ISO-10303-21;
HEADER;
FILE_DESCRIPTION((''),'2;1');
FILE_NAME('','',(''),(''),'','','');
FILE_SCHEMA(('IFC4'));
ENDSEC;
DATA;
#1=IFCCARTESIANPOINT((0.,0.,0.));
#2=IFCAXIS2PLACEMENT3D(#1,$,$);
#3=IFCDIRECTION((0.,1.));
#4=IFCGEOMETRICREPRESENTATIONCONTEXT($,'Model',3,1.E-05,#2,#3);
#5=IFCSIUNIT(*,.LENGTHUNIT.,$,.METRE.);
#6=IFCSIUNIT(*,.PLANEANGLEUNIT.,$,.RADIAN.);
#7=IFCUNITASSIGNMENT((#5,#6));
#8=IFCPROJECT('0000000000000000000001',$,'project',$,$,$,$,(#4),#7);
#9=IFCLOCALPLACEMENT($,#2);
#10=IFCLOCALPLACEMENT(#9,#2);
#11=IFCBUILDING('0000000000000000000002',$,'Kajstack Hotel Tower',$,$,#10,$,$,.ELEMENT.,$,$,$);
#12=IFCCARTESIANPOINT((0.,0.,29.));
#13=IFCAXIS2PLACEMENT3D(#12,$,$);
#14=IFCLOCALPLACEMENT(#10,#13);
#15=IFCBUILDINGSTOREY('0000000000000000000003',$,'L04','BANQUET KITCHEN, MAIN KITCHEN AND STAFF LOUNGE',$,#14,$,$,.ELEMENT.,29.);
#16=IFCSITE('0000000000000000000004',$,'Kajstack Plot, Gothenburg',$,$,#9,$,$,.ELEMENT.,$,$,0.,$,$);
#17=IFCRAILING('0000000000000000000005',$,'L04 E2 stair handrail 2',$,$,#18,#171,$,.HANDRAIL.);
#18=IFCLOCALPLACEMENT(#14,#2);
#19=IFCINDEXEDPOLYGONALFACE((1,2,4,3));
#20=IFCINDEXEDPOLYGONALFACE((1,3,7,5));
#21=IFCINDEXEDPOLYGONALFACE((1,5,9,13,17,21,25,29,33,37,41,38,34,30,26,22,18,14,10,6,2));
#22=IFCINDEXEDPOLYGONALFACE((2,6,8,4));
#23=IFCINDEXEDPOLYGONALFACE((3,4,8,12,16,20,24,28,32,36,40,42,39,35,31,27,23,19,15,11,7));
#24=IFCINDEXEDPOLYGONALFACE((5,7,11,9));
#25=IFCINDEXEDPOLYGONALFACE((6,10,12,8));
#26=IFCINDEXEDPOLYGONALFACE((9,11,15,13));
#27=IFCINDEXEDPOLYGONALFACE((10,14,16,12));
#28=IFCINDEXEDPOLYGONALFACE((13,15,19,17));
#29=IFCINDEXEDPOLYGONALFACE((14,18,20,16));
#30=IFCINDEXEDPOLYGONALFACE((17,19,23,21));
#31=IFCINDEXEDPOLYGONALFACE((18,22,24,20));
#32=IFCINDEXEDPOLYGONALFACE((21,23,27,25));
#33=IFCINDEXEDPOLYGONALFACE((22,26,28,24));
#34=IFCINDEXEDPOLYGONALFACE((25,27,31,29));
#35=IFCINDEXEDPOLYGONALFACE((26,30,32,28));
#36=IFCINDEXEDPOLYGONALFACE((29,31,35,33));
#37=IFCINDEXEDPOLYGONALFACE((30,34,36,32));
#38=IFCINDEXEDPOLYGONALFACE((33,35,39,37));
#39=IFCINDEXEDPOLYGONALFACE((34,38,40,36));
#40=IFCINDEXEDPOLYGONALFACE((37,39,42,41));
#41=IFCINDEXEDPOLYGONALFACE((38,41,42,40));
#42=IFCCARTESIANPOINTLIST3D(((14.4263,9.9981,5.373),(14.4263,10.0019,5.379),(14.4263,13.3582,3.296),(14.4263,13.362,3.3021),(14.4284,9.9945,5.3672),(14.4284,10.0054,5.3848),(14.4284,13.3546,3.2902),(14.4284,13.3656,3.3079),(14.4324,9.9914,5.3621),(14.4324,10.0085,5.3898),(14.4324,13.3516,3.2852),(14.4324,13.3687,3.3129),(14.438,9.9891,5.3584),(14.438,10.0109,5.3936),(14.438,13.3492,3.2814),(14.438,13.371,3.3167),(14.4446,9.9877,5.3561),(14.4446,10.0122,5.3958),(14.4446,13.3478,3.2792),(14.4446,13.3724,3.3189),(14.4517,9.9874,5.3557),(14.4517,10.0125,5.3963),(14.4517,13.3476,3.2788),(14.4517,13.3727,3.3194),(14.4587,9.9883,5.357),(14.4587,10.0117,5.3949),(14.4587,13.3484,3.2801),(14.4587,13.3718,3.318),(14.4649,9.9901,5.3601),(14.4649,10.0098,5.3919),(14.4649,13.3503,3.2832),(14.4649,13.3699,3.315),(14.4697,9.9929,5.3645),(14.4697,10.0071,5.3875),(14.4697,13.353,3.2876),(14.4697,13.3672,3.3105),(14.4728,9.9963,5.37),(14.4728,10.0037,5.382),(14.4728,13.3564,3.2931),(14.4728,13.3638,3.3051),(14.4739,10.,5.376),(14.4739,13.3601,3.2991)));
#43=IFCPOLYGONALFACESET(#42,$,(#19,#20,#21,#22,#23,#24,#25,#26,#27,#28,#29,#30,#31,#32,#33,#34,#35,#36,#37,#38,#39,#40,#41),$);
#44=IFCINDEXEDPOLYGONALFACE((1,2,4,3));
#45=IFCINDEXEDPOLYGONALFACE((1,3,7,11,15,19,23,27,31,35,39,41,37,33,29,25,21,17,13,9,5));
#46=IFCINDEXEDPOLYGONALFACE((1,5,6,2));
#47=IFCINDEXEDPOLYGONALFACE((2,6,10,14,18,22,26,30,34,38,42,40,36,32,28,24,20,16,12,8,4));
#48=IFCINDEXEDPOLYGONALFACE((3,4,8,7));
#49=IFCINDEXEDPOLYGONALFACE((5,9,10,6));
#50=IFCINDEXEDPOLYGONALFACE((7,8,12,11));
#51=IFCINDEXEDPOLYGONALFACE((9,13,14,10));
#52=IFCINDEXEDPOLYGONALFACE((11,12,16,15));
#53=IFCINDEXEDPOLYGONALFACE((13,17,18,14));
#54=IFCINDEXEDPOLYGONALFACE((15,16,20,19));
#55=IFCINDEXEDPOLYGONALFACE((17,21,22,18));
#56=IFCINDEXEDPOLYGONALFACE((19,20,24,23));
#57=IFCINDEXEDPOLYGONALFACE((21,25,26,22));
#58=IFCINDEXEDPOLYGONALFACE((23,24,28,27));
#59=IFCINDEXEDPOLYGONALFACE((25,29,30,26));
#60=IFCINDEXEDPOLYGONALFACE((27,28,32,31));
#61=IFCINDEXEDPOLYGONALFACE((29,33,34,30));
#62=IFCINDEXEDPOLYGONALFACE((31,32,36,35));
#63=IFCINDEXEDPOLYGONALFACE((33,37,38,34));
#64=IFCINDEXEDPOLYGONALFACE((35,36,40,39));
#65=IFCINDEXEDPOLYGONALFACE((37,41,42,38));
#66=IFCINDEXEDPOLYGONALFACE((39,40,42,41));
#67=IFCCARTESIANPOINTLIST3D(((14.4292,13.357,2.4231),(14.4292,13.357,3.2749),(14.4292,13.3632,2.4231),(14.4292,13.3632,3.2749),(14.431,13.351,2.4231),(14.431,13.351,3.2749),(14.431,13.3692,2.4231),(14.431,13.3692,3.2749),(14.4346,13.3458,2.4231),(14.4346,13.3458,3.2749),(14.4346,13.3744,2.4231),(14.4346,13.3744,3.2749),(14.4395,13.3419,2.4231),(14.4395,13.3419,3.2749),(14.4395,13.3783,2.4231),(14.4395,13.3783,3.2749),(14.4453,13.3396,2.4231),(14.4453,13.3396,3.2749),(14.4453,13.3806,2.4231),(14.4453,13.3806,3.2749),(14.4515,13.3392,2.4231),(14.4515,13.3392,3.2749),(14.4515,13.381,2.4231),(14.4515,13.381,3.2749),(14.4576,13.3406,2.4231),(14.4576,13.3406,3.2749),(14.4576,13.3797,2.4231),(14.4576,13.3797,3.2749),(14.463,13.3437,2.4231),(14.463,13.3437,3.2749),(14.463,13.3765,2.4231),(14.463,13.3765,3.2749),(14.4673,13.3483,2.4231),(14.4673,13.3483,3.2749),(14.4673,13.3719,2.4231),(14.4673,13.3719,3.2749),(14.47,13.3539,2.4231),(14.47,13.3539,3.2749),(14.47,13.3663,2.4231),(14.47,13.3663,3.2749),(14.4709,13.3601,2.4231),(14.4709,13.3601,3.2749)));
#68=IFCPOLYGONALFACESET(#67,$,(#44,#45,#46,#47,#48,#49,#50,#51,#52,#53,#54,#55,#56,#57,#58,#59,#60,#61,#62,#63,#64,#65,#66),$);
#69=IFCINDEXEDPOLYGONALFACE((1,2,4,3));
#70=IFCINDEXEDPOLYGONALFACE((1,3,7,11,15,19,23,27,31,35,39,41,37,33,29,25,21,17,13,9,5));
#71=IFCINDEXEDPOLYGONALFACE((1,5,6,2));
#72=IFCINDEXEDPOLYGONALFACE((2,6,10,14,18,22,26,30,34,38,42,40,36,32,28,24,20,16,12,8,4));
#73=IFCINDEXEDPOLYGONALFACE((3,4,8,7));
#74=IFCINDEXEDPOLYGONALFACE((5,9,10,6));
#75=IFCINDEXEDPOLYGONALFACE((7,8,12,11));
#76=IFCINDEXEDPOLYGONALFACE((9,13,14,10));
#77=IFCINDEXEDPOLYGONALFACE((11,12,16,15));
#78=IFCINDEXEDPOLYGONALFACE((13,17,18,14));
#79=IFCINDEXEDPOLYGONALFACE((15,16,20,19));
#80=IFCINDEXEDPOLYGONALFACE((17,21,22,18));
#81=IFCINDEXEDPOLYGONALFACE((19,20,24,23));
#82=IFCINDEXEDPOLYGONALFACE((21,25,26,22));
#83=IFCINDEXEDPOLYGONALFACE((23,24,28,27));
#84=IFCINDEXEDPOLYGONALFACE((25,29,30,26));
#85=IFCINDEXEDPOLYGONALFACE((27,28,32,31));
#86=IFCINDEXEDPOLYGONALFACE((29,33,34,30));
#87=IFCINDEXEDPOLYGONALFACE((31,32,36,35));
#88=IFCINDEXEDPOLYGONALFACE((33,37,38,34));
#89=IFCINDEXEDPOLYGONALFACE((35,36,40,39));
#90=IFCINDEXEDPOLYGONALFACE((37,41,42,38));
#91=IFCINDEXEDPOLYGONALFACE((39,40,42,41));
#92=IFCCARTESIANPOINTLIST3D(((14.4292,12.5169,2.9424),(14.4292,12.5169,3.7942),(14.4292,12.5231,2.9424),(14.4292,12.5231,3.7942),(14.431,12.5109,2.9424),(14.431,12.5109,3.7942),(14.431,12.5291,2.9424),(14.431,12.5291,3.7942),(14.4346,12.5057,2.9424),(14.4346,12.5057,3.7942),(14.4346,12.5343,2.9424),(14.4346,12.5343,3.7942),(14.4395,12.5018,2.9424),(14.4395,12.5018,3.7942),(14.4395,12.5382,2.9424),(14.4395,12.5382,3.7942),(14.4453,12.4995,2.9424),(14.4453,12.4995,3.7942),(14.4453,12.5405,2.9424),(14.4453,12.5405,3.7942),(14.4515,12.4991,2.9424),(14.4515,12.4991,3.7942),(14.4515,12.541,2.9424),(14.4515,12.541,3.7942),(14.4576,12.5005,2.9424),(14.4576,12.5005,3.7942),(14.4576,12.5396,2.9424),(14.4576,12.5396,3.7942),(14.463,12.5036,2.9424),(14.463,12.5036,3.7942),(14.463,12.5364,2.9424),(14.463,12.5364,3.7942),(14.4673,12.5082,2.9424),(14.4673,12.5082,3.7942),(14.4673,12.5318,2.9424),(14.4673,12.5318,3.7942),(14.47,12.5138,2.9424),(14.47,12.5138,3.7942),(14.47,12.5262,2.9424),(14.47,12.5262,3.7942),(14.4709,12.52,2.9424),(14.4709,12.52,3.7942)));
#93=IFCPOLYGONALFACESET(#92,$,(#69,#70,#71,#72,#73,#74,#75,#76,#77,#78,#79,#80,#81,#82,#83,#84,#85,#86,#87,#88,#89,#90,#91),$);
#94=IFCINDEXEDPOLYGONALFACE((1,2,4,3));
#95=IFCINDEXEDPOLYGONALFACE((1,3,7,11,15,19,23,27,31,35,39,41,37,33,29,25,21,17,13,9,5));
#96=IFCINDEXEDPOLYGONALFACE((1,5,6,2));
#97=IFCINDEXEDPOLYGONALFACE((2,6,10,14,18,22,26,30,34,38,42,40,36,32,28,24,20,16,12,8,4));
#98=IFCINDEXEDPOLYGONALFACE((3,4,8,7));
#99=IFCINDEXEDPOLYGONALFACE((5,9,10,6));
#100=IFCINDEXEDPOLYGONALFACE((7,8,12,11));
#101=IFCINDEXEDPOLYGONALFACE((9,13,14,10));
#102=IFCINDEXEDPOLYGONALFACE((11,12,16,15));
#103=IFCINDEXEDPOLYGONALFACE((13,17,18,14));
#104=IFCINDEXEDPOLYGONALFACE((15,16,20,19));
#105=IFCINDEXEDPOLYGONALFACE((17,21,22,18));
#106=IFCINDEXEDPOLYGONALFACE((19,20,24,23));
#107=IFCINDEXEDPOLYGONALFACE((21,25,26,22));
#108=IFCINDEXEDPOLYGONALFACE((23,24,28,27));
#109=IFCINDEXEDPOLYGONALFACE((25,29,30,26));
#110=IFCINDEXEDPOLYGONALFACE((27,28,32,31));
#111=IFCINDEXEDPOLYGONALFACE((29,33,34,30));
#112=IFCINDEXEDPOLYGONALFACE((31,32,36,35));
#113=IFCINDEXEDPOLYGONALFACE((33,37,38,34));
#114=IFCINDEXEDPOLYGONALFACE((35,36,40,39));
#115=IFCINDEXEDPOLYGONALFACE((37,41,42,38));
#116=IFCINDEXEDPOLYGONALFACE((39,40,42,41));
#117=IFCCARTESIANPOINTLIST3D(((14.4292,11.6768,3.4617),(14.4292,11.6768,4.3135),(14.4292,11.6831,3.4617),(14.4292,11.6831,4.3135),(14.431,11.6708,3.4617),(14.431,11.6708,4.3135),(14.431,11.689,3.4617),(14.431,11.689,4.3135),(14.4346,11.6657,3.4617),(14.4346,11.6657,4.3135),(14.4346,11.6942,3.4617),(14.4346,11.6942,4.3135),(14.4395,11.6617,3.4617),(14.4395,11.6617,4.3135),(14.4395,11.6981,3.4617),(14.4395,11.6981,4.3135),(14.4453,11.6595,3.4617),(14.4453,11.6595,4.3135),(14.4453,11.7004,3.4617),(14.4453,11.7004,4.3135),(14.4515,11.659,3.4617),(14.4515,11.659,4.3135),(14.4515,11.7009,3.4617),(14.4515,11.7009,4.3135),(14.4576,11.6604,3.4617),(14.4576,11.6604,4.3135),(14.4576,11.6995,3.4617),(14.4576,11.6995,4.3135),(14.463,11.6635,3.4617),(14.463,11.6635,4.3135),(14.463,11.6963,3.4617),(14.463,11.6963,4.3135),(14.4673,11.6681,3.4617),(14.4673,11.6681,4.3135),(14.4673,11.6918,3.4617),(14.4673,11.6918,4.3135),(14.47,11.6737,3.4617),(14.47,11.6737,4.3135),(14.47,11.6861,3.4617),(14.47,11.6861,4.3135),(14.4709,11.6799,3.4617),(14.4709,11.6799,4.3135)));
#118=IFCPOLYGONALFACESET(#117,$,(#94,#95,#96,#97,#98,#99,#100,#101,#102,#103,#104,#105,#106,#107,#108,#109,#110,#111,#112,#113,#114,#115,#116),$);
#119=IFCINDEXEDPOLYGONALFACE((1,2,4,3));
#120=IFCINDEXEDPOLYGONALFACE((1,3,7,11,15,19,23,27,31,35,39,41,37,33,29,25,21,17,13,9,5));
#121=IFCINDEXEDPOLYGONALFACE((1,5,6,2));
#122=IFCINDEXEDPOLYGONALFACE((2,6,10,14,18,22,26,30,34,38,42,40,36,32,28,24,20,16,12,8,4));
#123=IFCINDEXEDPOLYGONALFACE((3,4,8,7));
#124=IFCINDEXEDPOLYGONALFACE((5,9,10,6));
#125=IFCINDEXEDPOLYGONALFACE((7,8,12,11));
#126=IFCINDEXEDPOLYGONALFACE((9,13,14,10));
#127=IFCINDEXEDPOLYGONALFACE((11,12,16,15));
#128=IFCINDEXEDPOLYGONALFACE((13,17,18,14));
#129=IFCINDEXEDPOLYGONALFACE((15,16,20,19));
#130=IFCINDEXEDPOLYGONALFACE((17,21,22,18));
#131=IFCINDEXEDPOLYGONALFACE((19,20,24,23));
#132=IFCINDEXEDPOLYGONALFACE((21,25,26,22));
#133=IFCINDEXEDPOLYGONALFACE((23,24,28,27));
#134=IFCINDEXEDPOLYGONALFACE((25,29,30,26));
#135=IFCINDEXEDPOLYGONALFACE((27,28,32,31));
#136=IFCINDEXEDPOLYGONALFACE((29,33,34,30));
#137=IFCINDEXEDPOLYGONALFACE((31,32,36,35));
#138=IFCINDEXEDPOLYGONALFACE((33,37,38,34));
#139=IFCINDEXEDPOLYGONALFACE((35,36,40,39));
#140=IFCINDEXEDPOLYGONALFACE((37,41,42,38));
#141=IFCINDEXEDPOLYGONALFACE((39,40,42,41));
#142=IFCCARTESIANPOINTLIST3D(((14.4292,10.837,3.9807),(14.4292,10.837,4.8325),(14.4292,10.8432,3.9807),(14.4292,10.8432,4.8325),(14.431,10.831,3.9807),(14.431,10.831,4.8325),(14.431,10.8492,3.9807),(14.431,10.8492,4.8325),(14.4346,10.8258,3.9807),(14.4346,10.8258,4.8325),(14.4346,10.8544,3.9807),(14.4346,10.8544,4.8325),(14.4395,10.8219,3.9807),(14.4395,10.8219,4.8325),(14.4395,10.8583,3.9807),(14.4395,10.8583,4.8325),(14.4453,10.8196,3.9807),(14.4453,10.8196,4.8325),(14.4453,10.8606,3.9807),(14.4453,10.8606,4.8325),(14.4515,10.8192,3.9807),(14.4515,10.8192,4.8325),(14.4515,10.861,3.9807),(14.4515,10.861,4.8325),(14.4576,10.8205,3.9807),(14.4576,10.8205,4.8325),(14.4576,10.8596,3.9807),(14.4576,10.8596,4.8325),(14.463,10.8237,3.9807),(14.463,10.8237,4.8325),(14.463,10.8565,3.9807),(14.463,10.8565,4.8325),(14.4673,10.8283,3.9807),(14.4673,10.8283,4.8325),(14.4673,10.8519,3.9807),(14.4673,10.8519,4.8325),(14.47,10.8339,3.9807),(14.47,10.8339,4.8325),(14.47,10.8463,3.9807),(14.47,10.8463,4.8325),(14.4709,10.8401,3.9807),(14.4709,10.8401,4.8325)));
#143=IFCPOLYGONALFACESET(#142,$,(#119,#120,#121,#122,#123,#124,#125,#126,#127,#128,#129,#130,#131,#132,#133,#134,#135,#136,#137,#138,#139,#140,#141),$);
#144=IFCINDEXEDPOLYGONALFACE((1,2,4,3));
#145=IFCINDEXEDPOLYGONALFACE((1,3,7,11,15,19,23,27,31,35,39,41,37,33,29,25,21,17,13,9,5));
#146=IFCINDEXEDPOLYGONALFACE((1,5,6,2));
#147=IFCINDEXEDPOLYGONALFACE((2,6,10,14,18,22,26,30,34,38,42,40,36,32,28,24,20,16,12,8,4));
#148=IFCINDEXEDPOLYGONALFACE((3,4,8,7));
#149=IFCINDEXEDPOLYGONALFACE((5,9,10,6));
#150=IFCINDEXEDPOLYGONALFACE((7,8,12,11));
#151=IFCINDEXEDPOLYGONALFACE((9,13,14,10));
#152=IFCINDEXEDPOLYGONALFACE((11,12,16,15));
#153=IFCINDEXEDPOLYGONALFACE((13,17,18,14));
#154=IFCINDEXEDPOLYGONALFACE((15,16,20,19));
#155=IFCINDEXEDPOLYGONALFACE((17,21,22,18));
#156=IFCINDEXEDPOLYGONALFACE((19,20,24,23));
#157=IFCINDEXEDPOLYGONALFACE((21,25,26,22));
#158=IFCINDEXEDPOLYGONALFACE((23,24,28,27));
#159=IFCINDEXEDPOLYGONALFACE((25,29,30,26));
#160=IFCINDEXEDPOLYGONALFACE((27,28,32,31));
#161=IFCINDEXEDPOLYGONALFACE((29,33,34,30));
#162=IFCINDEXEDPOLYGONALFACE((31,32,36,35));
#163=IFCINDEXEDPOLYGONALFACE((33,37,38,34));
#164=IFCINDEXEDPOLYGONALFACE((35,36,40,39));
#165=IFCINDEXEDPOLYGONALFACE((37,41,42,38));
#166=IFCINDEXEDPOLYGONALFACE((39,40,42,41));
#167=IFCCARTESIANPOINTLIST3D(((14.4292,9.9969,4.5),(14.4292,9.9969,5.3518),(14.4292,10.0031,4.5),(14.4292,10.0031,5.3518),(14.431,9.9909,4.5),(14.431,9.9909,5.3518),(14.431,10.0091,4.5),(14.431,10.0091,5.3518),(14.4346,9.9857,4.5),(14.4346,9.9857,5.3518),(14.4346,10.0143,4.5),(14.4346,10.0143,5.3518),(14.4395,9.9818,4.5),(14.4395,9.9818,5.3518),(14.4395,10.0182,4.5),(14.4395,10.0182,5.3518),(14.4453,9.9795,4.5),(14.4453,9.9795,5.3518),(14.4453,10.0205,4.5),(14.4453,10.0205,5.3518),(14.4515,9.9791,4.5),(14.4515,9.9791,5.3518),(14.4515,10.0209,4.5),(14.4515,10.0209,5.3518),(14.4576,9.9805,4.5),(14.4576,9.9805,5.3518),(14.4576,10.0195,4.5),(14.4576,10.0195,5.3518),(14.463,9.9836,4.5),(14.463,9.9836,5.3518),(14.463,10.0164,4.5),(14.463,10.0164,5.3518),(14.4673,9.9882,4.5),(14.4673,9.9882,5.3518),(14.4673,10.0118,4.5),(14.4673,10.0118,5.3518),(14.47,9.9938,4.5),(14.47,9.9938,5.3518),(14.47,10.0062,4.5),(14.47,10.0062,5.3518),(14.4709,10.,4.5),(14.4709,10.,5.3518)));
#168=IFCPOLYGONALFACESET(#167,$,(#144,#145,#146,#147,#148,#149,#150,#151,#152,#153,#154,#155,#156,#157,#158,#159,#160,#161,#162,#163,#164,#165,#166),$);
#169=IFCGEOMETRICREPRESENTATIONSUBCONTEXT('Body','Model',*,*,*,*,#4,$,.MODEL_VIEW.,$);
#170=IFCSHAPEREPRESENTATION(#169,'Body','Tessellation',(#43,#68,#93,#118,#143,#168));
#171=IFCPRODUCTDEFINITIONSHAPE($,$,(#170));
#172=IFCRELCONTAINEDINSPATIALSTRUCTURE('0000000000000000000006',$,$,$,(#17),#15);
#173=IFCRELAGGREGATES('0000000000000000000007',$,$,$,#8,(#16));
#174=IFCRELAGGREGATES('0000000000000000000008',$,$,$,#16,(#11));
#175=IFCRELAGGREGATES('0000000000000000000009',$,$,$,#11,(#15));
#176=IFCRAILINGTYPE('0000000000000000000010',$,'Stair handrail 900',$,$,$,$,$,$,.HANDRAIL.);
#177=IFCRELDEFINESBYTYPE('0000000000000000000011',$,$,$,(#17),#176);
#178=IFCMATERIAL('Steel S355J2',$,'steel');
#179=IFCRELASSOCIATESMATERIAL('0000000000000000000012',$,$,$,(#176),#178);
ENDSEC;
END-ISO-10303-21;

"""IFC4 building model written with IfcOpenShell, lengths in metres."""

from ifc_helpers import new_model, si_unit, direction, frame, origin, origin_2d, place, context, subcontext, project, spatial, circle, extrude, material, type_object, element, save


model = new_model("IFC4")

# Units and contexts
model_context = context("Model", 3, precision=1e-05, world=origin(), true_north=direction((0.0, 1.0)))
body_context = subcontext(model_context, "Body", "Model", "MODEL_VIEW")
ifc_project = project(units=[si_unit("LENGTHUNIT", "METRE"), si_unit("PLANEANGLEUNIT", "RADIAN")], contexts=[model_context])

# Site, building, storey
site_placement = place(None, origin())
site = spatial("IfcSite", under=ifc_project, at=site_placement, Name="Kajstack Plot, Gothenburg", CompositionType="ELEMENT", RefElevation=0.0)
building_placement = place(site_placement, origin())
building = spatial("IfcBuilding", under=site, at=building_placement, Name="Kajstack Hotel Tower", CompositionType="ELEMENT")
storey_placement = place(building_placement, frame((0.0, 0.0, 29.0)))
storey = spatial("IfcBuildingStorey", under=building, at=storey_placement, Name="L04", Description="BANQUET KITCHEN, MAIN KITCHEN AND STAFF LOUNGE", CompositionType="ELEMENT", Elevation=29.0)

# Railing
ifc_material_1 = material(Name="Steel S355J2", Category="steel")
railing_type = type_object("IfcRailingType", Name="Stair handrail 900", PredefinedType="HANDRAIL", material=ifc_material_1)
railing_placement = place(storey_placement, frame((14.45, 13.3601, 2.4231)))
element("IfcRailing", 1, at=railing_placement, inside=storey, type_object=railing_type, Name="L04 E2 stair handrail 2", PredefinedType="HANDRAIL", context=body_context, shape_type="SweptSolid", body=[
    extrude(circle(Radius=0.0239, at=origin_2d()), frame((0.0, 0.0, 0.876), z_axis=(0.0, -0.850623, 0.525776), x_axis=(1.0, 0.0, 0.0)), (0.0, 0.0, 1.0), 3.9502),
    extrude(circle(Radius=0.021, at=origin_2d()), origin(), (0.0, 0.0, 1.0), 0.8518),
    extrude(circle(Radius=0.021, at=origin_2d()), frame((0.0, -0.8401, 0.5193)), (0.0, 0.0, 1.0), 0.8518),
    extrude(circle(Radius=0.021, at=origin_2d()), frame((0.0, -1.6802, 1.0386)), (0.0, 0.0, 1.0), 0.8518),
    extrude(circle(Radius=0.021, at=origin_2d()), frame((0.0, -2.52, 1.5576)), (0.0, 0.0, 1.0), 0.8518),
    extrude(circle(Radius=0.021, at=origin_2d()), frame((0.0, -3.3601, 2.0769)), (0.0, 0.0, 1.0), 0.8518),
])

save(model, "model.ifc")
